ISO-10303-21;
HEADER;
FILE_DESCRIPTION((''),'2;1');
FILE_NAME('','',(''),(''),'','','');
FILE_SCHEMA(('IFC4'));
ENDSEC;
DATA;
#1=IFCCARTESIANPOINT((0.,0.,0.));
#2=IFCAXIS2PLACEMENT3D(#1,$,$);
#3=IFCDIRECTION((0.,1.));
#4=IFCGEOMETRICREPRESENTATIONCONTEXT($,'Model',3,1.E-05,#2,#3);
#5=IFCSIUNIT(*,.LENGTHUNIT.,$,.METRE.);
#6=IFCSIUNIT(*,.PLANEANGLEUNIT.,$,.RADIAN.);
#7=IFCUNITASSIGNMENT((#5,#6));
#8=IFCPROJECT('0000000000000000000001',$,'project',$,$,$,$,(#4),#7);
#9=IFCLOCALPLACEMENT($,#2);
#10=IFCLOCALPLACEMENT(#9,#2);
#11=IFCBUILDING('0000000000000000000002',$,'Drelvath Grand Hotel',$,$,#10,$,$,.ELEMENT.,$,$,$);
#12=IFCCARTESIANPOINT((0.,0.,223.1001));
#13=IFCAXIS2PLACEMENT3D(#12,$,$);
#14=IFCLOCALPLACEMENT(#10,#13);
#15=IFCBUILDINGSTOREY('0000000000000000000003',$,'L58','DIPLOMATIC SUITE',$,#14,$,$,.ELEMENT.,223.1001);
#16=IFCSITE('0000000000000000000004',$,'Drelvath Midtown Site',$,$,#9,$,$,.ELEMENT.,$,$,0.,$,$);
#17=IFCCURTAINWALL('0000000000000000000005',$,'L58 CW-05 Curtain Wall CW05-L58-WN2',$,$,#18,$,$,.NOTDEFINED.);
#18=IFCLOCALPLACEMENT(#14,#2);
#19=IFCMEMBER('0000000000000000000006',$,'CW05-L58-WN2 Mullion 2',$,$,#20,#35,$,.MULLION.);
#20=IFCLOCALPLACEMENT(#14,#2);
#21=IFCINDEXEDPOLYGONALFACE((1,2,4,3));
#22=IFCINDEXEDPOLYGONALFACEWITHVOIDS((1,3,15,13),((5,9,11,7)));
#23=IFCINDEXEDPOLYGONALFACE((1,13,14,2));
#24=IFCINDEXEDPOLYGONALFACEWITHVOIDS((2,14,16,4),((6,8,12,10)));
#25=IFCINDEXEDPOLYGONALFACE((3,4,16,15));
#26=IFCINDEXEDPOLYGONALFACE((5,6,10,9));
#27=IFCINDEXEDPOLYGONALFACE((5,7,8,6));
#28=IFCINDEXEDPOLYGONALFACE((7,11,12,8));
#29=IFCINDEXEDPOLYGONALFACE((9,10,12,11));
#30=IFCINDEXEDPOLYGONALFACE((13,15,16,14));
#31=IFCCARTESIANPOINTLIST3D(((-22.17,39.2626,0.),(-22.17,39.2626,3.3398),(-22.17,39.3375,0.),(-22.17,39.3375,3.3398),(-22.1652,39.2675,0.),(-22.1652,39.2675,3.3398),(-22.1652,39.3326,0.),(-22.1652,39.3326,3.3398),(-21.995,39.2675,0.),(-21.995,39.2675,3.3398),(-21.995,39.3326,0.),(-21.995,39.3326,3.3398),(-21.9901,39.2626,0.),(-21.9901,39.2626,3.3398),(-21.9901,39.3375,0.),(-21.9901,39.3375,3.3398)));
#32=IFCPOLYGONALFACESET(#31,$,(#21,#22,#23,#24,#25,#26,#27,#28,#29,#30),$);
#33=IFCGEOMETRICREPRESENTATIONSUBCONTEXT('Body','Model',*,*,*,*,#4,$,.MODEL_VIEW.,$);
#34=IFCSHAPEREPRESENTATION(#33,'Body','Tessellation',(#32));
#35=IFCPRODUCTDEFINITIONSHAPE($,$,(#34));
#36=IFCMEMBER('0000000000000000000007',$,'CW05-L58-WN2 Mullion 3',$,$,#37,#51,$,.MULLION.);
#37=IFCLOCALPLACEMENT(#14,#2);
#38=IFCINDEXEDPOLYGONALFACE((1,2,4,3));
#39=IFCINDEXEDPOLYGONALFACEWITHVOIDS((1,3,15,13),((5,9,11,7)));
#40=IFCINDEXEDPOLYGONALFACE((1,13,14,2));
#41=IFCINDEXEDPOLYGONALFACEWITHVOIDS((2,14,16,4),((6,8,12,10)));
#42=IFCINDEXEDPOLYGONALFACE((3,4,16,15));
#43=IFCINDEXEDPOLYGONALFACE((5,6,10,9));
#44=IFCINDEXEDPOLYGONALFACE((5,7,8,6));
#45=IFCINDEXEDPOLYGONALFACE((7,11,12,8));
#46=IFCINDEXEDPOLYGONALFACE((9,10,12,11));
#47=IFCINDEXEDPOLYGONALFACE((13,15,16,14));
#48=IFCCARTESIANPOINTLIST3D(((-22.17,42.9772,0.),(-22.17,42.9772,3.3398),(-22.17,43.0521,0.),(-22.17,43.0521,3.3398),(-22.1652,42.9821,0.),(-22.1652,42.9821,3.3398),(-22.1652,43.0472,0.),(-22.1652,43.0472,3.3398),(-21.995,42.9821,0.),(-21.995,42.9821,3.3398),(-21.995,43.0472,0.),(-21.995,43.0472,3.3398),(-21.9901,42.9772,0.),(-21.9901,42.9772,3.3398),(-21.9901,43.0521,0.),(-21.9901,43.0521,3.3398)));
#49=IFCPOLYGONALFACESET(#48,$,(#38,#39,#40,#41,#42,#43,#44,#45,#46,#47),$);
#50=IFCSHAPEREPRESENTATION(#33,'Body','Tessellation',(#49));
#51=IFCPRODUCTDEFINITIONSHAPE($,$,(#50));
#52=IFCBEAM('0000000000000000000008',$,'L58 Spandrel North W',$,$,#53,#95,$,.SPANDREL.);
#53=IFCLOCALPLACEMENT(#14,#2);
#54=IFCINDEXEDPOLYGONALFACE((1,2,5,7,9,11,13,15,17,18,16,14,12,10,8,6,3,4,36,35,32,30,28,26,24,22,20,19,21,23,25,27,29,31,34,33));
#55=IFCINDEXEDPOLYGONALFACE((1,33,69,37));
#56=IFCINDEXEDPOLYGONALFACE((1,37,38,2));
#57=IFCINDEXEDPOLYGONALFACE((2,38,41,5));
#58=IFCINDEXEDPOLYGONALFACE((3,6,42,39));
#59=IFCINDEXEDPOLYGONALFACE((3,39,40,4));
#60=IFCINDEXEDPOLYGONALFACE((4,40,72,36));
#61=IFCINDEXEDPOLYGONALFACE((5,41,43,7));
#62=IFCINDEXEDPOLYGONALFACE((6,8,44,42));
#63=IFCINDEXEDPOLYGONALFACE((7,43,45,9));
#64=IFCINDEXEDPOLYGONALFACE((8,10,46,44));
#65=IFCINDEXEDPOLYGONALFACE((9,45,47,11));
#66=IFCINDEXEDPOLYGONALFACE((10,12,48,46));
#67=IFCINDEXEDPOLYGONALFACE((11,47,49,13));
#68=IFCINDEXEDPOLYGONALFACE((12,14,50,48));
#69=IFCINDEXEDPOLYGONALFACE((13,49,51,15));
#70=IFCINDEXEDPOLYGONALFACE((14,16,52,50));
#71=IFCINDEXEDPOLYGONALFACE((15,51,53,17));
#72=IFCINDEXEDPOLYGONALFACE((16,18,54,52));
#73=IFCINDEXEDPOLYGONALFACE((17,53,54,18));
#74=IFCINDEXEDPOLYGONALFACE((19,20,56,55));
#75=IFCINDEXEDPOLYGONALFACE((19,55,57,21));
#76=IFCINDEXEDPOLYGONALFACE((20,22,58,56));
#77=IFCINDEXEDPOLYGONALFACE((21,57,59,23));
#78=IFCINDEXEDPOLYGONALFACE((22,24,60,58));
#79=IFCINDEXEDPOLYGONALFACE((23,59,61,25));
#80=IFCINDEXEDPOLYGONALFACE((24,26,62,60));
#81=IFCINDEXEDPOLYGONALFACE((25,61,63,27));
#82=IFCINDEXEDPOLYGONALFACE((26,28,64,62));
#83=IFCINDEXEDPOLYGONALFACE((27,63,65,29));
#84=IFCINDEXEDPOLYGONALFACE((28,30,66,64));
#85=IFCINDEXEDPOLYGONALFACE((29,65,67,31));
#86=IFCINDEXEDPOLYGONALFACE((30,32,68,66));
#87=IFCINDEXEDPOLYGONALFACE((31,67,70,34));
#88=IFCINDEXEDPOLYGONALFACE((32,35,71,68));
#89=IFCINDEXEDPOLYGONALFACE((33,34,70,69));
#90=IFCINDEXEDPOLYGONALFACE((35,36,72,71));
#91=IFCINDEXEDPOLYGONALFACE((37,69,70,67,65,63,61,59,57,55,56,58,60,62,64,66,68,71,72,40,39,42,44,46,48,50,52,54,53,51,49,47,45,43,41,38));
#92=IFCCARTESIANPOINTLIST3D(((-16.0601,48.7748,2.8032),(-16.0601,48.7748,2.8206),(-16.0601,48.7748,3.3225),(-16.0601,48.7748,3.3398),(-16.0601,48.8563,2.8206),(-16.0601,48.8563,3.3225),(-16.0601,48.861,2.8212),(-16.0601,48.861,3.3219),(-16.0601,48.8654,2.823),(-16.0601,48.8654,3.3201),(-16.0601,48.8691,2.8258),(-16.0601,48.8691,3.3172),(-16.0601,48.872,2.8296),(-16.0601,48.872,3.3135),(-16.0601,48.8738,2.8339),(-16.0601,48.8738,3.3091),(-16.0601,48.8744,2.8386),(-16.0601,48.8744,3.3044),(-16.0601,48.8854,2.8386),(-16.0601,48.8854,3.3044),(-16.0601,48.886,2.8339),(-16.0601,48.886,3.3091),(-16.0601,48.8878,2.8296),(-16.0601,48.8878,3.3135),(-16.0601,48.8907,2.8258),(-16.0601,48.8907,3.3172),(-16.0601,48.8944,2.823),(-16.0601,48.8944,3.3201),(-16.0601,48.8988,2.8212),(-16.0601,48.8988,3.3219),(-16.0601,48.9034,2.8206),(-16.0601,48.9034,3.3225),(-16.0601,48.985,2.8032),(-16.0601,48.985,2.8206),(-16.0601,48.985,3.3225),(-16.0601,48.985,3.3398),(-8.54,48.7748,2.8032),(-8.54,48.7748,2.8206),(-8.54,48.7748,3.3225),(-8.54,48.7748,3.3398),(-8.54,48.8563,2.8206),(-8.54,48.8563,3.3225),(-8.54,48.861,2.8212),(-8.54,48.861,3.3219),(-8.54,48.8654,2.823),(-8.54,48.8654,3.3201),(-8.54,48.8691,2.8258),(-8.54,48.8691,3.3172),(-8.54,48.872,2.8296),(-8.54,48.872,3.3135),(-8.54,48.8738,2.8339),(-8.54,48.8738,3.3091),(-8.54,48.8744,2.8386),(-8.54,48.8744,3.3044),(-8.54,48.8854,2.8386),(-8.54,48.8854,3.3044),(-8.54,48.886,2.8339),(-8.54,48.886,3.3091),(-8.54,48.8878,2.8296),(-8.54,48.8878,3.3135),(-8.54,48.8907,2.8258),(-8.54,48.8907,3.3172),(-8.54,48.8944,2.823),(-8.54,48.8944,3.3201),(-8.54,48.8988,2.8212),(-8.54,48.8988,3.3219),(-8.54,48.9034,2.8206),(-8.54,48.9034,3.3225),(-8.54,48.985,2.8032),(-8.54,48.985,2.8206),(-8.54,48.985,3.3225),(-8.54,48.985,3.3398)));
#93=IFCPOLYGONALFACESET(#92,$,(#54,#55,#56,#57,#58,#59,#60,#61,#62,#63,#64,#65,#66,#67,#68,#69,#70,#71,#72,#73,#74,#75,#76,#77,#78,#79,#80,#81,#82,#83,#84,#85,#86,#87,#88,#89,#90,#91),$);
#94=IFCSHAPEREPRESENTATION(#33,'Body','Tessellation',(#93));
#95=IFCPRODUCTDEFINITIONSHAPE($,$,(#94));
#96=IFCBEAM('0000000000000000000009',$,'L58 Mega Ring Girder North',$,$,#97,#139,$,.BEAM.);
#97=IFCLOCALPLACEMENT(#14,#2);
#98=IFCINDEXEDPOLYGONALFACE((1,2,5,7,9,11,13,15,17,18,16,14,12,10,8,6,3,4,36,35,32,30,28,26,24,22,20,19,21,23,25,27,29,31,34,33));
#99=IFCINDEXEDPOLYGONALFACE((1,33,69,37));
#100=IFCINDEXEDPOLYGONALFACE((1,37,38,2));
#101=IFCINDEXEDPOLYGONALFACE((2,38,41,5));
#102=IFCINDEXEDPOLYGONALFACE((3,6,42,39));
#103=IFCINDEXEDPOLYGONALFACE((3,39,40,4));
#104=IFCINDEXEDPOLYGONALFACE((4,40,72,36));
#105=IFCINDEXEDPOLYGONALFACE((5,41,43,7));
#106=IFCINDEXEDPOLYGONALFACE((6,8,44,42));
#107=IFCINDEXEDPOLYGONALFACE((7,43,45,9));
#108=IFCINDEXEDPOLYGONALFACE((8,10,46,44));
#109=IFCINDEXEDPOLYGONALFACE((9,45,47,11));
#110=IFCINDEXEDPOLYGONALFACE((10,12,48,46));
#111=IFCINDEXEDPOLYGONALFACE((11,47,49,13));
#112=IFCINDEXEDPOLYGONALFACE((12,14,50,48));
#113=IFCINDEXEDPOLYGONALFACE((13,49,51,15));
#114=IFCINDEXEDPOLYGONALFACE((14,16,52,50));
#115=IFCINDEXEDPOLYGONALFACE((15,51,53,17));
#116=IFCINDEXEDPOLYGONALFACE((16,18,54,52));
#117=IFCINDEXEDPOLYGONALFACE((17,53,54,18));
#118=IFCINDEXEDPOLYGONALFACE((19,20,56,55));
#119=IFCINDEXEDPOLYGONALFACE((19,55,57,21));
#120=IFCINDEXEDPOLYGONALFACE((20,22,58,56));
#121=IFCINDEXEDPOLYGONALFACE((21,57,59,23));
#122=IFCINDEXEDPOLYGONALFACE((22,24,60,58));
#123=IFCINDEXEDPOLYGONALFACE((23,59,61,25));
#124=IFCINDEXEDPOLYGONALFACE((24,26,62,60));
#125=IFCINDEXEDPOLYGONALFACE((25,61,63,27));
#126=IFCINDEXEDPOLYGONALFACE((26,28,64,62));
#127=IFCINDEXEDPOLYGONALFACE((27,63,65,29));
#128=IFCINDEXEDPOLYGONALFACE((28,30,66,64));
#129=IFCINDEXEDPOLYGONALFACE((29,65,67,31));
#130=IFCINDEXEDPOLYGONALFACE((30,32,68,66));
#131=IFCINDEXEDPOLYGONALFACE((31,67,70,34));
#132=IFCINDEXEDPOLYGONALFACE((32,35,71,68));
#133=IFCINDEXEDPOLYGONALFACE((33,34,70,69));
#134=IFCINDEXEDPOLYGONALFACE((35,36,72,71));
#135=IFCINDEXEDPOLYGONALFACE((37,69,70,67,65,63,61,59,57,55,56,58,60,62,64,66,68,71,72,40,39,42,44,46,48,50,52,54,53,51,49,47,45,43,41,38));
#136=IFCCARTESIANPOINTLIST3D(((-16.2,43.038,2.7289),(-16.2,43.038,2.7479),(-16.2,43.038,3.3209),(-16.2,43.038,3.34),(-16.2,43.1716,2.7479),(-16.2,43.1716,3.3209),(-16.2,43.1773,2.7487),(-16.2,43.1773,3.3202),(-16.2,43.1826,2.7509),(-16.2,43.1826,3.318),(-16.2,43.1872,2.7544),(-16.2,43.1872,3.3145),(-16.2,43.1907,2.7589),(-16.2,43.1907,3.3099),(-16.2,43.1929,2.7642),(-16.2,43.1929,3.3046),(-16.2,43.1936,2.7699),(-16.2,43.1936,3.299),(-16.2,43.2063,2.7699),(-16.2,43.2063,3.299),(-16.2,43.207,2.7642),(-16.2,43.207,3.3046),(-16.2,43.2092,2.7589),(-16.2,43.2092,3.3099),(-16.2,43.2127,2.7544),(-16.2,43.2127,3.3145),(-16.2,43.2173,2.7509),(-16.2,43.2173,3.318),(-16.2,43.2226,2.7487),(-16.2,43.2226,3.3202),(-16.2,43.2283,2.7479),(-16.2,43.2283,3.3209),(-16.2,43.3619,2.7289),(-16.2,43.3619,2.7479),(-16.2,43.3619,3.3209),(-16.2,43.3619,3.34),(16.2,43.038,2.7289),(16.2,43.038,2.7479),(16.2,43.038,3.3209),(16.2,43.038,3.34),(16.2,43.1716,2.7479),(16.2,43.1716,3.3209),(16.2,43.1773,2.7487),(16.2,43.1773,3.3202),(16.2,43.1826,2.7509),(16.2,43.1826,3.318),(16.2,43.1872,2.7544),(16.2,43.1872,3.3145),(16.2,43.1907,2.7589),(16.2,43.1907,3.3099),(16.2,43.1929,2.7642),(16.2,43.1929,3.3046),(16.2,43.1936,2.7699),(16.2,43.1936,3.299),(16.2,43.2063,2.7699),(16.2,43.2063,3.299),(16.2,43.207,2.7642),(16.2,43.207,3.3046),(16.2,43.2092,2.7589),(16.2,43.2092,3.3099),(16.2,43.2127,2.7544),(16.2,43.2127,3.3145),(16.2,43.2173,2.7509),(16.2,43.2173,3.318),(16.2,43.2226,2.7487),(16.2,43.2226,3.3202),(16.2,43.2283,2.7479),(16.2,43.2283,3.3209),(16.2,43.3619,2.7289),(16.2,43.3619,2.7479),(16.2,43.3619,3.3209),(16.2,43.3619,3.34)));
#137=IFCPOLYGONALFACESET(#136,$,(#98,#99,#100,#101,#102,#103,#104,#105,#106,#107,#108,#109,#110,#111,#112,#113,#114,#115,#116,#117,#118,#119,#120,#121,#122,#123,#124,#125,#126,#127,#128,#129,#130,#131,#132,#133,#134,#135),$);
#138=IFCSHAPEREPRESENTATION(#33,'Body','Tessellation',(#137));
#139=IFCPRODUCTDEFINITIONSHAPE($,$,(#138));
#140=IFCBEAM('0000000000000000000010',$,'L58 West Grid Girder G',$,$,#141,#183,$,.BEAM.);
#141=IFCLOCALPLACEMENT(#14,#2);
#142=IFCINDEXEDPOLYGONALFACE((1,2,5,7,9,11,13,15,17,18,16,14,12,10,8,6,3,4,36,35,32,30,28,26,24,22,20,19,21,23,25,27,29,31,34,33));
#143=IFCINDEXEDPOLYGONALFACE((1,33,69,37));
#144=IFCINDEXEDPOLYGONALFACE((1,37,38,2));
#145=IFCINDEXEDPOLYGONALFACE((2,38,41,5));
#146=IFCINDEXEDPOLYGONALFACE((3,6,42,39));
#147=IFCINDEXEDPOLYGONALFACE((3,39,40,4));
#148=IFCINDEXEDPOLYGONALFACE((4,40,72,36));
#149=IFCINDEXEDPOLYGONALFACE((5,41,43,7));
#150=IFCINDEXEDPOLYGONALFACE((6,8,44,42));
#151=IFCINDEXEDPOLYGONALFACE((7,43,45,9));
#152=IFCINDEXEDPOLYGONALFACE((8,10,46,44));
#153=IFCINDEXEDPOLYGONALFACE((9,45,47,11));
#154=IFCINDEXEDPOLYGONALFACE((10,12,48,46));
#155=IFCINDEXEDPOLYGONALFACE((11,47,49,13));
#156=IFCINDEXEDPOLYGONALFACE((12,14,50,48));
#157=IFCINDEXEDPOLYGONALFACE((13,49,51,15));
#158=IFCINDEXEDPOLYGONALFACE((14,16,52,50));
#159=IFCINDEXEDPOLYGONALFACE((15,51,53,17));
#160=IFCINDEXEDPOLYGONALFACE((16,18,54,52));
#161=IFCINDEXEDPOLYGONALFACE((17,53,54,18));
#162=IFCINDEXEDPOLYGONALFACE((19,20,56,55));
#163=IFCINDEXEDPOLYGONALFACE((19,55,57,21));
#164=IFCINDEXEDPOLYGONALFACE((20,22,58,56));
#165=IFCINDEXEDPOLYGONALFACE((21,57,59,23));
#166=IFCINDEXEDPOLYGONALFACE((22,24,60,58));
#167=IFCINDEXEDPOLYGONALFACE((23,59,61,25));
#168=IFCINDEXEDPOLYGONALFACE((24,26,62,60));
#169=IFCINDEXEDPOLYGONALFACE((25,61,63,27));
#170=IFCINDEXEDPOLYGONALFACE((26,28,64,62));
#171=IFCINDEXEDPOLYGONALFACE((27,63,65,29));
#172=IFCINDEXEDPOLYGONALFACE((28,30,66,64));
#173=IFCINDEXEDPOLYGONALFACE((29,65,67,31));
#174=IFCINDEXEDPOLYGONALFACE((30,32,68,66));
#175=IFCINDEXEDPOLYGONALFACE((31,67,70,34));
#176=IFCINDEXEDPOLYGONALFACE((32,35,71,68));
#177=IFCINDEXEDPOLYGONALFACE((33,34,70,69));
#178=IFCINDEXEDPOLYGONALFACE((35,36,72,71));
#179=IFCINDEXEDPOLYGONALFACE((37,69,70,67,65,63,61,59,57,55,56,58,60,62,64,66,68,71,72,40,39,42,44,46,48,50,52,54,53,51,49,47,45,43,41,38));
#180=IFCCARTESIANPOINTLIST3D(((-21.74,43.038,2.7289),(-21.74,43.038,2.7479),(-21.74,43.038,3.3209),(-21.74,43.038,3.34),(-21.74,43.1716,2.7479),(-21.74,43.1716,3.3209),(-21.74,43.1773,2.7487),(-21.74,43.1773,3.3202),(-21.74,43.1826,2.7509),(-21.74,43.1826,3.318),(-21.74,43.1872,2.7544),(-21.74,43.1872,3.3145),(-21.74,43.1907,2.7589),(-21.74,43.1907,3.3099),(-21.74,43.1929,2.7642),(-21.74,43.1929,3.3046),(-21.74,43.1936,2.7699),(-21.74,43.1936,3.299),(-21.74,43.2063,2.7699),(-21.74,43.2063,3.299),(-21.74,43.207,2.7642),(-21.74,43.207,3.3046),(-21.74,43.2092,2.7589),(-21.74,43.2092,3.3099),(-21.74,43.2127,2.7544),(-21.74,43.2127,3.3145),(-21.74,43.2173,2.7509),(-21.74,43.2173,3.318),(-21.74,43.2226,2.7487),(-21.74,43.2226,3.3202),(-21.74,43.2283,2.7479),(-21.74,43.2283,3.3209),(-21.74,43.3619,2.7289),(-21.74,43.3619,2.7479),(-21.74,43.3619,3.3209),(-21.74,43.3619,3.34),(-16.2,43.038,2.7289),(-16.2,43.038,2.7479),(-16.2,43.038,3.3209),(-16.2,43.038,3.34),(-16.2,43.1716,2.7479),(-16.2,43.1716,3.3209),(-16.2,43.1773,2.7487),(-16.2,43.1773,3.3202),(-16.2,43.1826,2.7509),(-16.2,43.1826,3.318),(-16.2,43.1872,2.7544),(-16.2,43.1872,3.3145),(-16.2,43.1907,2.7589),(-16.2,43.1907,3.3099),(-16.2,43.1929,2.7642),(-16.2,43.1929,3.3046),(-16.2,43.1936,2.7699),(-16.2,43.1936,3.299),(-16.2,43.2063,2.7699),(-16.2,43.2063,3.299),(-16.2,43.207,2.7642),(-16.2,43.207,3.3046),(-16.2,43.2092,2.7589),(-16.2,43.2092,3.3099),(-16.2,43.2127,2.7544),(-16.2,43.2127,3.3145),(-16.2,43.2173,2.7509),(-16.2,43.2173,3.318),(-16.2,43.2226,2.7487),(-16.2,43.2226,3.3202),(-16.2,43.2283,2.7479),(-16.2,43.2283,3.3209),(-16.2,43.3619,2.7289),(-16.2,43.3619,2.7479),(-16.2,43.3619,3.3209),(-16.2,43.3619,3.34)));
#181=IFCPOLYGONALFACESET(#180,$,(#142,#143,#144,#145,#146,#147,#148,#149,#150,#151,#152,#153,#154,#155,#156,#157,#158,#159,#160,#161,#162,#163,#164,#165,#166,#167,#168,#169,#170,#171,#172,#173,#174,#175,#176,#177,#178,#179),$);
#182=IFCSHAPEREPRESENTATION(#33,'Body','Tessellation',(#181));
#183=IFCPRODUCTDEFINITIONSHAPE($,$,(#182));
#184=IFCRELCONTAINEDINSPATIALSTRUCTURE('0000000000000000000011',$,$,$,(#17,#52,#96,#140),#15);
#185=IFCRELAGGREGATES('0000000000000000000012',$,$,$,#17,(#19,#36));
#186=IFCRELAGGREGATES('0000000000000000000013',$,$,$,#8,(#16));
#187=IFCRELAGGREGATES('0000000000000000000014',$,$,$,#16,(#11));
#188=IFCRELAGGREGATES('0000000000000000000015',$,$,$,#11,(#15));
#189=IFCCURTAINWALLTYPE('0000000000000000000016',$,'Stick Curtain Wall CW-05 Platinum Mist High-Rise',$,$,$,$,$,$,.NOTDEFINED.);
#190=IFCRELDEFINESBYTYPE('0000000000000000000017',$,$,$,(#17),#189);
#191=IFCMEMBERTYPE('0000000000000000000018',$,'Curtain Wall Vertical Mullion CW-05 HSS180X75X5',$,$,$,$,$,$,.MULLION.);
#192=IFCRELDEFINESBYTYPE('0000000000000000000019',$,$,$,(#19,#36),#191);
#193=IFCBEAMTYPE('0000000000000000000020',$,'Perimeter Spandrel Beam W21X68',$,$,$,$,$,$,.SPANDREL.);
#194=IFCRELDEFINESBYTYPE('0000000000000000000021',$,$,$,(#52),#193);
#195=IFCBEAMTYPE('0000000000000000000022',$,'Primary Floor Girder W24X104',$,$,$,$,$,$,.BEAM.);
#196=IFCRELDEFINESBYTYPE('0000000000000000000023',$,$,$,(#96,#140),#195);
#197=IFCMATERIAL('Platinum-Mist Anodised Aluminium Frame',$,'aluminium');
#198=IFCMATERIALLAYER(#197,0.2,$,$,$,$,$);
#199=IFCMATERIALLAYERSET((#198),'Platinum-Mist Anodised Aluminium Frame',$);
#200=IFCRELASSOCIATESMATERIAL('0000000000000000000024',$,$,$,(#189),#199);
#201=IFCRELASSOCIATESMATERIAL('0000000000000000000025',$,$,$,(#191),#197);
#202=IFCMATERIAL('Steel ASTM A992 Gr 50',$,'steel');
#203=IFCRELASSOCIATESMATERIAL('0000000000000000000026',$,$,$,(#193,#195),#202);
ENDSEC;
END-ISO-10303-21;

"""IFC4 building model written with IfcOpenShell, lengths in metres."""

from ifc_helpers import new_model, si_unit, direction, frame, origin, origin_2d, place, context, subcontext, project, spatial, hollow_rectangle, i_section, extrude, material, layer, layer_set, material_profile, profile_set, type_object, element, aggregate, save


model = new_model("IFC4")

# Units and contexts
model_context = context("Model", 3, precision=1e-05, world=origin(), true_north=direction((0.0, 1.0)))
body_context = subcontext(model_context, "Body", "Model", "MODEL_VIEW")
ifc_project = project(units=[si_unit("LENGTHUNIT", "METRE"), si_unit("PLANEANGLEUNIT", "RADIAN")], contexts=[model_context])

# Site, building, storey
site_placement = place(None, origin())
site = spatial("IfcSite", under=ifc_project, at=site_placement, Name="Drelvath Midtown Site", CompositionType="ELEMENT", RefElevation=0.0)
building_placement = place(site_placement, origin())
building = spatial("IfcBuilding", under=site, at=building_placement, Name="Drelvath Grand Hotel", CompositionType="ELEMENT")
storey_placement = place(building_placement, frame((0.0, 0.0, 223.1001)))
storey = spatial("IfcBuildingStorey", under=building, at=storey_placement, Name="L58", Description="DIPLOMATIC SUITE", CompositionType="ELEMENT", Elevation=223.1001)

# Shared definitions
ifc_material_1 = material(Name="Steel ASTM A992 Gr 50", Category="steel")

# Curtain wall, members
ifc_material_2 = material(Name="Platinum-Mist Anodised Aluminium Frame", Category="aluminium")
ifc_layer_1 = layer(ifc_material_2, 0.2)
ifc_layer_set_1 = layer_set([ifc_layer_1], Name="Platinum-Mist Anodised Aluminium Frame")
curtain_wall_type = type_object("IfcCurtainWallType", Name="Stick Curtain Wall CW-05 Platinum Mist High-Rise", PredefinedType="NOTDEFINED", material=ifc_layer_set_1)
curtain_wall_placement = place(storey_placement, origin())
curtain_wall = element("IfcCurtainWall", 1, at=curtain_wall_placement, inside=storey, type_object=curtain_wall_type, Name="L58 CW-05 Curtain Wall CW05-L58-WN2", PredefinedType="NOTDEFINED")
ifc_material_profile_1 = material_profile(ifc_material_2, hollow_rectangle(XDim=0.075, YDim=0.1799, WallThickness=0.0049, at=origin_2d()), Name="HSS180X75X5")
ifc_profile_set_1 = profile_set([ifc_material_profile_1], Name="Platinum-Mist Anodised Aluminium Frame")
member_type_1 = type_object("IfcMemberType", Name="Curtain Wall Vertical Mullion CW-05 HSS180X75X5", PredefinedType="MULLION", material=ifc_profile_set_1)
member_1_placement = place(storey_placement, frame((-22.0801, 39.3, 0.0), z_axis=(0.0, 0.0, 1.0), x_axis=(0.0, 1.0, 0.0)))
member_1 = element("IfcMember", 2, at=member_1_placement, type_object=member_type_1, Name="CW05-L58-WN2 Mullion 2", PredefinedType="MULLION", context=body_context, shape_type="SweptSolid", body=[
    extrude(hollow_rectangle(XDim=0.075, YDim=0.1799, WallThickness=0.0049, at=origin_2d()), origin(), (0.0, 0.0, 1.0), 3.3398),
])
member_2_placement = place(storey_placement, frame((-22.0801, 43.0146, 0.0), z_axis=(0.0, 0.0, 1.0), x_axis=(0.0, 1.0, 0.0)))
member_2 = element("IfcMember", 3, at=member_2_placement, type_object=member_type_1, Name="CW05-L58-WN2 Mullion 3", PredefinedType="MULLION", context=body_context, shape_type="SweptSolid", body=[
    extrude(hollow_rectangle(XDim=0.075, YDim=0.1799, WallThickness=0.0049, at=origin_2d()), origin(), (0.0, 0.0, 1.0), 3.3398),
])

# Beams
ifc_material_profile_2 = material_profile(ifc_material_1, i_section(OverallWidth=0.2102, OverallDepth=0.5366, WebThickness=0.011, FlangeThickness=0.0173, FilletRadius=0.0181, at=origin_2d()), Name="W21X68")
ifc_profile_set_2 = profile_set([ifc_material_profile_2], Name="Steel ASTM A992 Gr 50")
beam_type_1 = type_object("IfcBeamType", Name="Perimeter Spandrel Beam W21X68", PredefinedType="SPANDREL", material=ifc_profile_set_2)
beam_1_placement = place(storey_placement, frame((-16.0601, 48.8799, 3.0715), z_axis=(1.0, 0.0, 0.0), x_axis=(0.0, 1.0, 0.0)))
element("IfcBeam", 4, at=beam_1_placement, inside=storey, type_object=beam_type_1, Name="L58 Spandrel North W", PredefinedType="SPANDREL", context=body_context, shape_type="SweptSolid", body=[
    extrude(i_section(OverallWidth=0.2102, OverallDepth=0.5366, WebThickness=0.011, FlangeThickness=0.0173, FilletRadius=0.0181, at=origin_2d()), origin(), (0.0, 0.0, 1.0), 7.52),
])
ifc_material_profile_3 = material_profile(ifc_material_1, i_section(OverallWidth=0.324, OverallDepth=0.6111, WebThickness=0.0127, FlangeThickness=0.019, FilletRadius=0.022, at=origin_2d()), Name="W24X104")
ifc_profile_set_3 = profile_set([ifc_material_profile_3], Name="Steel ASTM A992 Gr 50")
beam_type_2 = type_object("IfcBeamType", Name="Primary Floor Girder W24X104", PredefinedType="BEAM", material=ifc_profile_set_3)
beam_2_placement = place(storey_placement, frame((-16.2, 43.2, 3.0344), z_axis=(1.0, 0.0, 0.0), x_axis=(0.0, 1.0, 0.0)))
element("IfcBeam", 5, at=beam_2_placement, inside=storey, type_object=beam_type_2, Name="L58 Mega Ring Girder North", PredefinedType="BEAM", context=body_context, shape_type="SweptSolid", body=[
    extrude(i_section(OverallWidth=0.324, OverallDepth=0.6111, WebThickness=0.0127, FlangeThickness=0.019, FilletRadius=0.022, at=origin_2d()), origin(), (0.0, 0.0, 1.0), 32.3999),
])
for number, where, z_axis, x_axis, name in (
    (6, (-21.74, 43.2, 3.0344), (1.0, 0.0, 0.0), (0.0, 1.0, 0.0), "L58 West Grid Girder G"),
):
    element("IfcBeam", number, at=place(storey_placement, frame(where, z_axis=z_axis, x_axis=x_axis)), inside=storey, type_object=beam_type_2, Name=name, PredefinedType="BEAM", context=body_context, shape_type="SweptSolid", body=[
        extrude(i_section(OverallWidth=0.324, OverallDepth=0.6111, WebThickness=0.0127, FlangeThickness=0.019, FilletRadius=0.022, at=origin_2d()), origin(), (0.0, 0.0, 1.0), 5.54),
    ])

aggregate(curtain_wall, [member_1, member_2])

save(model, "model.ifc")
